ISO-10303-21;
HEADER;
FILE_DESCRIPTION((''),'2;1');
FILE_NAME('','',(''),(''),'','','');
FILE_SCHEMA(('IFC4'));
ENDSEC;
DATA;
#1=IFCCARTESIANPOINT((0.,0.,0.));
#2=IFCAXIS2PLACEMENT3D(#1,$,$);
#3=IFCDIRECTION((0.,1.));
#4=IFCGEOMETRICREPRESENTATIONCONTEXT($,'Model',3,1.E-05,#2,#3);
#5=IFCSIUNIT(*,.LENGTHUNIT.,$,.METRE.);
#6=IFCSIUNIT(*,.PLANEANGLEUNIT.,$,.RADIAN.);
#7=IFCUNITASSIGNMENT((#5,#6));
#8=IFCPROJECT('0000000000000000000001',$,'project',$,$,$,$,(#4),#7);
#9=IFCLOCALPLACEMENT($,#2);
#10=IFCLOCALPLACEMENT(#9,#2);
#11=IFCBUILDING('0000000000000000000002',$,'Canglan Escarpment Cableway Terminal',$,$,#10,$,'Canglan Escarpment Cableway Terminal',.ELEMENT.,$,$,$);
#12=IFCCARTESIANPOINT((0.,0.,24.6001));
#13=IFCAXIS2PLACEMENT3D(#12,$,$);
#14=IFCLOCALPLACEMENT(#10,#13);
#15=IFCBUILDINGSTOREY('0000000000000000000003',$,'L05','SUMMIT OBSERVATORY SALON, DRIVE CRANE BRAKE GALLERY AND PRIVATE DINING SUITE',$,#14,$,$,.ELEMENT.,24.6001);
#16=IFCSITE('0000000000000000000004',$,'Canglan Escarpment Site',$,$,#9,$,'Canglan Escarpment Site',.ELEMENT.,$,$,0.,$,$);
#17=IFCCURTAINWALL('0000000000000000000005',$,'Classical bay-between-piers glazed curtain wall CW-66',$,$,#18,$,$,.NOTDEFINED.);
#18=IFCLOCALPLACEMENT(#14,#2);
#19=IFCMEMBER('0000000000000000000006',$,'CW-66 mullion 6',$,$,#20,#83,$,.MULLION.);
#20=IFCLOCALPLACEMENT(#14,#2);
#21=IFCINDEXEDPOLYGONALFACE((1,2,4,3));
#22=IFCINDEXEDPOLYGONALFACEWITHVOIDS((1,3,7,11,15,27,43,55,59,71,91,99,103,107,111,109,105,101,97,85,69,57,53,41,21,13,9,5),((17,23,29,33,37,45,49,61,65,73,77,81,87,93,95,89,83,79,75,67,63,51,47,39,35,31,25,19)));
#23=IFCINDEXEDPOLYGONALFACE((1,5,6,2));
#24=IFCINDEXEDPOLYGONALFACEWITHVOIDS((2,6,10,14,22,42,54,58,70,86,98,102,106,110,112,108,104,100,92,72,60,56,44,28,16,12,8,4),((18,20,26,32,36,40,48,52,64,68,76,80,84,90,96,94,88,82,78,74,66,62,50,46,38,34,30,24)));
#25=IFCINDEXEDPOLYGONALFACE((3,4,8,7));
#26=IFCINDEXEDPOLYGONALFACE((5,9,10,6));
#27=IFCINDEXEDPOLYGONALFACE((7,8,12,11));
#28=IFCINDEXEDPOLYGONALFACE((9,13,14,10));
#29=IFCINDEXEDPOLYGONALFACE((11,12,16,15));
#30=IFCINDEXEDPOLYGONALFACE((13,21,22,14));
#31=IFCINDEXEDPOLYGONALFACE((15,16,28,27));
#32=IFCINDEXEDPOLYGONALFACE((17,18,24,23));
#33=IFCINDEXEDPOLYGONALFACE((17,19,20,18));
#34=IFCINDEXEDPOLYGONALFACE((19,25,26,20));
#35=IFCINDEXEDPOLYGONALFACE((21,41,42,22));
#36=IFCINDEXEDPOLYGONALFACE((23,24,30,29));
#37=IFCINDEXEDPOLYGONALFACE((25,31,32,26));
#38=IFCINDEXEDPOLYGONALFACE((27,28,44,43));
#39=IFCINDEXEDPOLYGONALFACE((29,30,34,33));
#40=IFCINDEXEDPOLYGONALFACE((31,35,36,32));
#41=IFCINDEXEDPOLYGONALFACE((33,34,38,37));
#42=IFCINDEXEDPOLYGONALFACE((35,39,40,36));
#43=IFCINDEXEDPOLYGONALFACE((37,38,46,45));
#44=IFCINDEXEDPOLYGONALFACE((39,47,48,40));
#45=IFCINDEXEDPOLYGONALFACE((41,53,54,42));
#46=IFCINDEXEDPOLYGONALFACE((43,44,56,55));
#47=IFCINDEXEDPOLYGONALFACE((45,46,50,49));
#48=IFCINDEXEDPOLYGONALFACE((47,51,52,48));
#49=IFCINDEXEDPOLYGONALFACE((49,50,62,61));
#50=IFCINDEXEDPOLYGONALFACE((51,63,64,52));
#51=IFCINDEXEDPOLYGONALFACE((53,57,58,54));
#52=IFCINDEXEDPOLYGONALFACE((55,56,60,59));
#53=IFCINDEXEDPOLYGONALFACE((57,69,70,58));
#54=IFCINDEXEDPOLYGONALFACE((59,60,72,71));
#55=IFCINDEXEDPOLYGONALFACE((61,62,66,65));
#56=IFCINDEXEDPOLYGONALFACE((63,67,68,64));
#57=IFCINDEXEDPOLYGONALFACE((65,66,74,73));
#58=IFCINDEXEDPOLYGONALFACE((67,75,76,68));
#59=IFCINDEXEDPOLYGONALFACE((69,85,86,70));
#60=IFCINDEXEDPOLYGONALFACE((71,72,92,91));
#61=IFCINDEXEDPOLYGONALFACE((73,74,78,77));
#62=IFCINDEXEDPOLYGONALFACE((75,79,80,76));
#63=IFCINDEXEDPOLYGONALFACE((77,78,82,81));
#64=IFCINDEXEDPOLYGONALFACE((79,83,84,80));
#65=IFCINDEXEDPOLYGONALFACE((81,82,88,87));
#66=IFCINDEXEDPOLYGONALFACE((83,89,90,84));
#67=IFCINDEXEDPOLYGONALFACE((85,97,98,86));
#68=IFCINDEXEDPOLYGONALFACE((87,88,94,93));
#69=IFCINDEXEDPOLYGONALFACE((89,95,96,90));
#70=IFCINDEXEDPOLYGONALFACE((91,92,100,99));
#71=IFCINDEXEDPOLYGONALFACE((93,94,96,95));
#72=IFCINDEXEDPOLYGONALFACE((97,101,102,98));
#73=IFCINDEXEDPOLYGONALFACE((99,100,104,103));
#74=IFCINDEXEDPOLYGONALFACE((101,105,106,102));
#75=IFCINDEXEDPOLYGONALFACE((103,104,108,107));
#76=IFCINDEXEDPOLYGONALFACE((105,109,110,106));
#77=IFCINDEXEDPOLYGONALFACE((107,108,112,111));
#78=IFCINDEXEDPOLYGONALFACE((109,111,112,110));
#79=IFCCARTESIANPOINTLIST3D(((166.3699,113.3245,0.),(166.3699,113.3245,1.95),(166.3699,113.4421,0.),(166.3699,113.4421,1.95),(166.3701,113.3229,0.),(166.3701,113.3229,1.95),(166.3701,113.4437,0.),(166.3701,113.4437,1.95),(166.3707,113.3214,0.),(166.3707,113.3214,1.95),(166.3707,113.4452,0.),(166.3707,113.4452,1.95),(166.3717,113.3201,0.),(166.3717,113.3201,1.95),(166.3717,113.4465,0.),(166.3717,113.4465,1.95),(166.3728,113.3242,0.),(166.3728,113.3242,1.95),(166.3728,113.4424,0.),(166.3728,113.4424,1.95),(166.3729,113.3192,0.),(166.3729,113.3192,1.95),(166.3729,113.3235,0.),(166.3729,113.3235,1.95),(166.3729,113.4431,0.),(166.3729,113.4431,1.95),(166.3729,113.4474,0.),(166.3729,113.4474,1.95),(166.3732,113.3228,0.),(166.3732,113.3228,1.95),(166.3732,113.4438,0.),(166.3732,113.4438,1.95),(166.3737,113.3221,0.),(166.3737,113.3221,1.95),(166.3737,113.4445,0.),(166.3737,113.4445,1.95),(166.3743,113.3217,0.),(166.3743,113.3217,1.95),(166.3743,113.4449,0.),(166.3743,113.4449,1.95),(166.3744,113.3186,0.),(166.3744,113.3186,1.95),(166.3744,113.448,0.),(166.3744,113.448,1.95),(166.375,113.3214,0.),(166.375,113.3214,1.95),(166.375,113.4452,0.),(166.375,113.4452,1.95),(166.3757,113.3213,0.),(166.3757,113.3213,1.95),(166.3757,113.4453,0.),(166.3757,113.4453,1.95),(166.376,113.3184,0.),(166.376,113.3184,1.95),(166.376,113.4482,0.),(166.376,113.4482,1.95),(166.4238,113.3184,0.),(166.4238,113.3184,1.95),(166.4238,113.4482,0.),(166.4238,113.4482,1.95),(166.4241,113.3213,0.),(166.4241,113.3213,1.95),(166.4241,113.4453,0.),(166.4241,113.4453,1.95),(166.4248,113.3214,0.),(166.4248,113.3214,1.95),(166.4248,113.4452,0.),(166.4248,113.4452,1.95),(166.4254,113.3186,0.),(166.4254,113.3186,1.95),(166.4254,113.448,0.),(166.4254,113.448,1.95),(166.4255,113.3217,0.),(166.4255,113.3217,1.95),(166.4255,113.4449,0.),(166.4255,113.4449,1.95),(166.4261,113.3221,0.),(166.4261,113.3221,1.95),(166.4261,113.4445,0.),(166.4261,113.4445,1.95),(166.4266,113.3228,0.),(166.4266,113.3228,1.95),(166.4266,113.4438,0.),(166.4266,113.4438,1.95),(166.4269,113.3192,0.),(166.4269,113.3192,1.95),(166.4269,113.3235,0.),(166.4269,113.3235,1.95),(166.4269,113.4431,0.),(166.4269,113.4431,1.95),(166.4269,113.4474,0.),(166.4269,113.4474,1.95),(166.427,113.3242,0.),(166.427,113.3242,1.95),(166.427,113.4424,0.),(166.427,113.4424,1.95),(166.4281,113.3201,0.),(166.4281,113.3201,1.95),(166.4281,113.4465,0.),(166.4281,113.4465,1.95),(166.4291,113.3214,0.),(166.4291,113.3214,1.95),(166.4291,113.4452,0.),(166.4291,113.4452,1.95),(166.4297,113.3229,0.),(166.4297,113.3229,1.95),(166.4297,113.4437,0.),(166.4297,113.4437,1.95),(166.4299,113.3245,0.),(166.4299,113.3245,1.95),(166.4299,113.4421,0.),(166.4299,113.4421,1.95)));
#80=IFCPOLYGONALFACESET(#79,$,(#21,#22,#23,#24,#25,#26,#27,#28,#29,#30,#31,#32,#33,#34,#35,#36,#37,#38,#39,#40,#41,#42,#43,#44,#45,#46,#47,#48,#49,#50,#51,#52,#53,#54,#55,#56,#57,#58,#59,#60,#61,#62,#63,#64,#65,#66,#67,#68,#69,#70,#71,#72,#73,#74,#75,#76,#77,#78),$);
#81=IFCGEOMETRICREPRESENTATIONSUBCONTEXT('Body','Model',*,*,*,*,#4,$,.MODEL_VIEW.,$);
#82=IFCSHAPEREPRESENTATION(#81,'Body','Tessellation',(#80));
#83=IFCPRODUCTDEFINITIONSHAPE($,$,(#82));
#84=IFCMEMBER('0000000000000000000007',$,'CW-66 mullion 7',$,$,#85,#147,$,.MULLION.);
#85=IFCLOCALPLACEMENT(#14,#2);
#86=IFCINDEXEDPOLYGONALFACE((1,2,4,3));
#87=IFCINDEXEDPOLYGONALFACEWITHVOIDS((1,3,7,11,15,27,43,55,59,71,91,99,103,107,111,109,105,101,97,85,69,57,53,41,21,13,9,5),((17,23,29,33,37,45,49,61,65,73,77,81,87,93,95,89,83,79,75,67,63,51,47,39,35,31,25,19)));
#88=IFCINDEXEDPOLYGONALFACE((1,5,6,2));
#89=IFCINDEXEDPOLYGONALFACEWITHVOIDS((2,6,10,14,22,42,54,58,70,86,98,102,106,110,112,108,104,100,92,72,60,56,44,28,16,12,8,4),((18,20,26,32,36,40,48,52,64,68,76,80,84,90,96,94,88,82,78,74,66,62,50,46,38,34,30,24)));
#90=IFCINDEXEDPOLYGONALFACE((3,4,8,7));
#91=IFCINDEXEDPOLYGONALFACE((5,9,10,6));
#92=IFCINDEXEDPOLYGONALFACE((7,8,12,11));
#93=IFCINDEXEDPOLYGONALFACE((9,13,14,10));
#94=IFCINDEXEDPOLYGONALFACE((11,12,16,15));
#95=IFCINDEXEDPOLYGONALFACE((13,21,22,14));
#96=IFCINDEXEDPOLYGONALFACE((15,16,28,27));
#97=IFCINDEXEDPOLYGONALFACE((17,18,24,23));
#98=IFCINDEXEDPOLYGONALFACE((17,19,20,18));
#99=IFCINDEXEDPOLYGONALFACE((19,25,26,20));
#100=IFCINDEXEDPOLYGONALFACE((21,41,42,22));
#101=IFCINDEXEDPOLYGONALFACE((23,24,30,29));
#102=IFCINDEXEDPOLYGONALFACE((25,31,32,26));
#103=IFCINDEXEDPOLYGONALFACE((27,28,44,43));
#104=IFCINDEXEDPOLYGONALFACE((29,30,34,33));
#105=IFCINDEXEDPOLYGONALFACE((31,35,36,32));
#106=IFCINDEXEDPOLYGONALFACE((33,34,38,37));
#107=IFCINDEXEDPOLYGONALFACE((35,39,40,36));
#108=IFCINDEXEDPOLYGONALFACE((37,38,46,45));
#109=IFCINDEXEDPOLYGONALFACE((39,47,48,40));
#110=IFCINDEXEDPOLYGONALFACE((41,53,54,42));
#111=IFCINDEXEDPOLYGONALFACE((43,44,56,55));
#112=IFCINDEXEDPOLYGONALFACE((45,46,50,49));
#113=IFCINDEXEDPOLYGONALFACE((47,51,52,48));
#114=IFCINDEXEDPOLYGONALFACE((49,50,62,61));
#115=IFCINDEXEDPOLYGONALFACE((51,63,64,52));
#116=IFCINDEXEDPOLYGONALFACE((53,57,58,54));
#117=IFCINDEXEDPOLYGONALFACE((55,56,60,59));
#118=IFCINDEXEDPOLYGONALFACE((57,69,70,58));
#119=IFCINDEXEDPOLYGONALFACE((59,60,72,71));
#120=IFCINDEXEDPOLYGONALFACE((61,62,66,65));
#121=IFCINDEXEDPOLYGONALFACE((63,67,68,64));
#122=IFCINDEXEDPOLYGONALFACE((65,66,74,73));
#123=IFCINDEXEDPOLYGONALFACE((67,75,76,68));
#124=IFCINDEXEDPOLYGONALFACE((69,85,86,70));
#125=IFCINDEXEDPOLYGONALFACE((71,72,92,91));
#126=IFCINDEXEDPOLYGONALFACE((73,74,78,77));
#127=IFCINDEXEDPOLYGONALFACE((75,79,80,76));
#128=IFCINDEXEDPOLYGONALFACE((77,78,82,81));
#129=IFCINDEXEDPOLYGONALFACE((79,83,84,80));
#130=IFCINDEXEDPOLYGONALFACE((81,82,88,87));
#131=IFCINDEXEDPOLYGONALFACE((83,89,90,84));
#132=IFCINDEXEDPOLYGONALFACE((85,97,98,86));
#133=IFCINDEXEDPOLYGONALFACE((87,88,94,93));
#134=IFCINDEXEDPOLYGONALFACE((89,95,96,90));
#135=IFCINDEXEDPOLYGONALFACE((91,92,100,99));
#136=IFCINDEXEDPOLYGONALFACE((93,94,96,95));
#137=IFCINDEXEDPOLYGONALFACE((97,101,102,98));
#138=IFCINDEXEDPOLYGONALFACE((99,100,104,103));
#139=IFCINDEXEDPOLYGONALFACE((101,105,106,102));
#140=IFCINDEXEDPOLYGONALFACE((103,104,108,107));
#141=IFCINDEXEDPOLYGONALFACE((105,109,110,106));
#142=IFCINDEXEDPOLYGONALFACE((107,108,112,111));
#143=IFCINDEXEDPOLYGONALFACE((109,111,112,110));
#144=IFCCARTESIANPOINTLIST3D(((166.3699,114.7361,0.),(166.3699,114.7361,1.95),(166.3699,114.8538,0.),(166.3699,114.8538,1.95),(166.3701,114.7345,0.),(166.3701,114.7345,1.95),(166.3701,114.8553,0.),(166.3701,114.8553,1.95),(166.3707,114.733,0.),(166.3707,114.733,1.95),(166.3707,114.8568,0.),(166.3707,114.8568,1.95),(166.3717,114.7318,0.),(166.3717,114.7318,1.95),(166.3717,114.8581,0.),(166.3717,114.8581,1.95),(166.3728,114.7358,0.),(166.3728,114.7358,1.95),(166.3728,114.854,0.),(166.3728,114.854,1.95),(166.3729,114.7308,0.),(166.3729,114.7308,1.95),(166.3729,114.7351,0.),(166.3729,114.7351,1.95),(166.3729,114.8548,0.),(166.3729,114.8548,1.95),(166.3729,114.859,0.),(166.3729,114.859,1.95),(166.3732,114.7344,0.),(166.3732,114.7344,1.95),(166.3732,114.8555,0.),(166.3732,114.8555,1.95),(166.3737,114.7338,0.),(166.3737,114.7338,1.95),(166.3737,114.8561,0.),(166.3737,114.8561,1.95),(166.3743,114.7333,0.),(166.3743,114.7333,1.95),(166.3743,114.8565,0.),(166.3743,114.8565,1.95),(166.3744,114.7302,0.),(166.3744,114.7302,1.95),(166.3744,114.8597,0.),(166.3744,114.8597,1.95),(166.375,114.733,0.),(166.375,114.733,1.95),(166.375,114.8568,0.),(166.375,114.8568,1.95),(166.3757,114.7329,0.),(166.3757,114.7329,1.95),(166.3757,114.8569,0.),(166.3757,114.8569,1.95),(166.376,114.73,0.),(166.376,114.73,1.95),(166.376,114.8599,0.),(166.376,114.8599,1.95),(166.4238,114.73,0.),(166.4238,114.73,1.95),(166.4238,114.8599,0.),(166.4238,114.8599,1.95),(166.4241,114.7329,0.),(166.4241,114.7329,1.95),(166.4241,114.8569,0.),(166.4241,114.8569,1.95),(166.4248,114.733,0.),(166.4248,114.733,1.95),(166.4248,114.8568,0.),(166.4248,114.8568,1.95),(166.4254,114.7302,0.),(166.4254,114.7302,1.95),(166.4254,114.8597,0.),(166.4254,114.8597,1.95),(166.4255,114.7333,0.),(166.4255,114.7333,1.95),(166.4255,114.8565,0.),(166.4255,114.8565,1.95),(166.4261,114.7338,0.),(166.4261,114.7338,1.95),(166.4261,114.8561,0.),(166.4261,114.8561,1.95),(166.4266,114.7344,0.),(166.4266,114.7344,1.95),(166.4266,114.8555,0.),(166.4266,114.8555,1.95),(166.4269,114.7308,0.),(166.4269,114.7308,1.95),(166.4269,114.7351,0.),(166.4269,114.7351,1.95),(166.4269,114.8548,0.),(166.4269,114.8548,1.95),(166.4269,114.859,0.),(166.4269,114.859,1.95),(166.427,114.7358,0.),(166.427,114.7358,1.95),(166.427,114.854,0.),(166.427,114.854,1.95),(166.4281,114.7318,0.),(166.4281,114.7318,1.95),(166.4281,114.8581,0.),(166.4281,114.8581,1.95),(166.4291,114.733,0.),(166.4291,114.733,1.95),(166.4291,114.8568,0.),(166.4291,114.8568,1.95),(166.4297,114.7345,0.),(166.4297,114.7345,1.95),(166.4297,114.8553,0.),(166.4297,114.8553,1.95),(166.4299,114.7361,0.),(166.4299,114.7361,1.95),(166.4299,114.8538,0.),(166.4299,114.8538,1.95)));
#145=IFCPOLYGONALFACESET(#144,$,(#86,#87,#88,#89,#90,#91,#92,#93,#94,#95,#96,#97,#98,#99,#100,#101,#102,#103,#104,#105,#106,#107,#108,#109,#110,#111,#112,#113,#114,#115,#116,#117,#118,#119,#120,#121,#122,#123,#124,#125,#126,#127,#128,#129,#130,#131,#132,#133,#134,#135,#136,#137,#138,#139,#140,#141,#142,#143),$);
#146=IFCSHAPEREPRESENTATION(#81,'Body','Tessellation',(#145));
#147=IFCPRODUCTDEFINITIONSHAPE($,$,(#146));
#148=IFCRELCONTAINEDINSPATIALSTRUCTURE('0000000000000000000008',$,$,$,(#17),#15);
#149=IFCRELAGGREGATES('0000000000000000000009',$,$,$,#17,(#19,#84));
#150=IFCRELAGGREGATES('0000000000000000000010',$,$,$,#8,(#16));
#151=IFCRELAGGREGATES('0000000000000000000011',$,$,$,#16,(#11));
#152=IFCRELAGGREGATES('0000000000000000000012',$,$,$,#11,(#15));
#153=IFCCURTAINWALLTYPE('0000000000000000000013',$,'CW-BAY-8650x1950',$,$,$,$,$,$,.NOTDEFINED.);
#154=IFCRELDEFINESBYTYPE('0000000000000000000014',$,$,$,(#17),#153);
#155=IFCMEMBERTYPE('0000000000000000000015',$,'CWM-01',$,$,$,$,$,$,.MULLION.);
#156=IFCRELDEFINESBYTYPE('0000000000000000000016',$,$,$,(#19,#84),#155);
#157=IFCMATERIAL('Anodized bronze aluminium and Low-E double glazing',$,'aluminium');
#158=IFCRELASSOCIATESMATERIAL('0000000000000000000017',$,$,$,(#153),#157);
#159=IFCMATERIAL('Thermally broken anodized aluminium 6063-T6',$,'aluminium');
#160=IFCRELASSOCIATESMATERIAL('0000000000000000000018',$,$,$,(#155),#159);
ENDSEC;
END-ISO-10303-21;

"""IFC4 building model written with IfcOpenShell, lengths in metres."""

from ifc_helpers import new_model, si_unit, direction, frame, origin, origin_2d, place, context, subcontext, project, spatial, hollow_rectangle, extrude, material, material_profile, profile_set, type_object, element, aggregate, save


model = new_model("IFC4")

# Units and contexts
model_context = context("Model", 3, precision=1e-05, world=origin(), true_north=direction((0.0, 1.0)))
body_context = subcontext(model_context, "Body", "Model", "MODEL_VIEW")
ifc_project = project(units=[si_unit("LENGTHUNIT", "METRE"), si_unit("PLANEANGLEUNIT", "RADIAN")], contexts=[model_context])

# Site, building, storey
site_placement = place(None, origin())
site = spatial("IfcSite", under=ifc_project, at=site_placement, Name="Canglan Escarpment Site", LongName="Canglan Escarpment Site", CompositionType="ELEMENT", RefElevation=0.0)
building_placement = place(site_placement, origin())
building = spatial("IfcBuilding", under=site, at=building_placement, Name="Canglan Escarpment Cableway Terminal", LongName="Canglan Escarpment Cableway Terminal", CompositionType="ELEMENT")
storey_placement = place(building_placement, frame((0.0, 0.0, 24.6001)))
storey = spatial("IfcBuildingStorey", under=building, at=storey_placement, Name="L05", Description="SUMMIT OBSERVATORY SALON, DRIVE CRANE BRAKE GALLERY AND PRIVATE DINING SUITE", CompositionType="ELEMENT", Elevation=24.6001)

# Curtain wall, members
ifc_material_1 = material(Name="Anodized bronze aluminium and Low-E double glazing", Category="aluminium")
curtain_wall_type = type_object("IfcCurtainWallType", Name="CW-BAY-8650x1950", PredefinedType="NOTDEFINED", material=ifc_material_1)
curtain_wall_1_placement = place(storey_placement, origin())
curtain_wall_1 = element("IfcCurtainWall", 1, at=curtain_wall_1_placement, inside=storey, type_object=curtain_wall_type, Name="Classical bay-between-piers glazed curtain wall CW-66", PredefinedType="NOTDEFINED")
ifc_material_2 = material(Name="Thermally broken anodized aluminium 6063-T6", Category="aluminium")
ifc_material_profile_1 = material_profile(ifc_material_2, hollow_rectangle(XDim=0.0601, YDim=0.1299, WallThickness=0.0029, InnerFilletRadius=0.0029, OuterFilletRadius=0.0061, at=origin_2d()), Name="ALU-MULL 60x130x3")
ifc_profile_set_1 = profile_set([ifc_material_profile_1], Name="Thermally broken anodized aluminium 6063-T6")
member_type_1 = type_object("IfcMemberType", Name="CWM-01", PredefinedType="MULLION", material=ifc_profile_set_1)
member_1_placement = place(storey_placement, frame((166.3999, 113.3833, 0.0), z_axis=(0.0, 0.0, 1.0), x_axis=(-1.0, 0.0, 0.0)))
member_1 = element("IfcMember", 2, at=member_1_placement, type_object=member_type_1, Name="CW-66 mullion 6", PredefinedType="MULLION", context=body_context, shape_type="SweptSolid", body=[
    extrude(hollow_rectangle(XDim=0.0601, YDim=0.1299, WallThickness=0.0029, InnerFilletRadius=0.0029, OuterFilletRadius=0.0061, at=origin_2d()), origin(), (0.0, 0.0, 1.0), 1.95),
])
member_2_placement = place(storey_placement, frame((166.3999, 114.7949, 0.0), z_axis=(0.0, 0.0, 1.0), x_axis=(-1.0, 0.0, 0.0)))
member_2 = element("IfcMember", 3, at=member_2_placement, type_object=member_type_1, Name="CW-66 mullion 7", PredefinedType="MULLION", context=body_context, shape_type="SweptSolid", body=[
    extrude(hollow_rectangle(XDim=0.0601, YDim=0.1299, WallThickness=0.0029, InnerFilletRadius=0.0029, OuterFilletRadius=0.0061, at=origin_2d()), origin(), (0.0, 0.0, 1.0), 1.95),
])

aggregate(curtain_wall_1, [member_1, member_2])

save(model, "model.ifc")
